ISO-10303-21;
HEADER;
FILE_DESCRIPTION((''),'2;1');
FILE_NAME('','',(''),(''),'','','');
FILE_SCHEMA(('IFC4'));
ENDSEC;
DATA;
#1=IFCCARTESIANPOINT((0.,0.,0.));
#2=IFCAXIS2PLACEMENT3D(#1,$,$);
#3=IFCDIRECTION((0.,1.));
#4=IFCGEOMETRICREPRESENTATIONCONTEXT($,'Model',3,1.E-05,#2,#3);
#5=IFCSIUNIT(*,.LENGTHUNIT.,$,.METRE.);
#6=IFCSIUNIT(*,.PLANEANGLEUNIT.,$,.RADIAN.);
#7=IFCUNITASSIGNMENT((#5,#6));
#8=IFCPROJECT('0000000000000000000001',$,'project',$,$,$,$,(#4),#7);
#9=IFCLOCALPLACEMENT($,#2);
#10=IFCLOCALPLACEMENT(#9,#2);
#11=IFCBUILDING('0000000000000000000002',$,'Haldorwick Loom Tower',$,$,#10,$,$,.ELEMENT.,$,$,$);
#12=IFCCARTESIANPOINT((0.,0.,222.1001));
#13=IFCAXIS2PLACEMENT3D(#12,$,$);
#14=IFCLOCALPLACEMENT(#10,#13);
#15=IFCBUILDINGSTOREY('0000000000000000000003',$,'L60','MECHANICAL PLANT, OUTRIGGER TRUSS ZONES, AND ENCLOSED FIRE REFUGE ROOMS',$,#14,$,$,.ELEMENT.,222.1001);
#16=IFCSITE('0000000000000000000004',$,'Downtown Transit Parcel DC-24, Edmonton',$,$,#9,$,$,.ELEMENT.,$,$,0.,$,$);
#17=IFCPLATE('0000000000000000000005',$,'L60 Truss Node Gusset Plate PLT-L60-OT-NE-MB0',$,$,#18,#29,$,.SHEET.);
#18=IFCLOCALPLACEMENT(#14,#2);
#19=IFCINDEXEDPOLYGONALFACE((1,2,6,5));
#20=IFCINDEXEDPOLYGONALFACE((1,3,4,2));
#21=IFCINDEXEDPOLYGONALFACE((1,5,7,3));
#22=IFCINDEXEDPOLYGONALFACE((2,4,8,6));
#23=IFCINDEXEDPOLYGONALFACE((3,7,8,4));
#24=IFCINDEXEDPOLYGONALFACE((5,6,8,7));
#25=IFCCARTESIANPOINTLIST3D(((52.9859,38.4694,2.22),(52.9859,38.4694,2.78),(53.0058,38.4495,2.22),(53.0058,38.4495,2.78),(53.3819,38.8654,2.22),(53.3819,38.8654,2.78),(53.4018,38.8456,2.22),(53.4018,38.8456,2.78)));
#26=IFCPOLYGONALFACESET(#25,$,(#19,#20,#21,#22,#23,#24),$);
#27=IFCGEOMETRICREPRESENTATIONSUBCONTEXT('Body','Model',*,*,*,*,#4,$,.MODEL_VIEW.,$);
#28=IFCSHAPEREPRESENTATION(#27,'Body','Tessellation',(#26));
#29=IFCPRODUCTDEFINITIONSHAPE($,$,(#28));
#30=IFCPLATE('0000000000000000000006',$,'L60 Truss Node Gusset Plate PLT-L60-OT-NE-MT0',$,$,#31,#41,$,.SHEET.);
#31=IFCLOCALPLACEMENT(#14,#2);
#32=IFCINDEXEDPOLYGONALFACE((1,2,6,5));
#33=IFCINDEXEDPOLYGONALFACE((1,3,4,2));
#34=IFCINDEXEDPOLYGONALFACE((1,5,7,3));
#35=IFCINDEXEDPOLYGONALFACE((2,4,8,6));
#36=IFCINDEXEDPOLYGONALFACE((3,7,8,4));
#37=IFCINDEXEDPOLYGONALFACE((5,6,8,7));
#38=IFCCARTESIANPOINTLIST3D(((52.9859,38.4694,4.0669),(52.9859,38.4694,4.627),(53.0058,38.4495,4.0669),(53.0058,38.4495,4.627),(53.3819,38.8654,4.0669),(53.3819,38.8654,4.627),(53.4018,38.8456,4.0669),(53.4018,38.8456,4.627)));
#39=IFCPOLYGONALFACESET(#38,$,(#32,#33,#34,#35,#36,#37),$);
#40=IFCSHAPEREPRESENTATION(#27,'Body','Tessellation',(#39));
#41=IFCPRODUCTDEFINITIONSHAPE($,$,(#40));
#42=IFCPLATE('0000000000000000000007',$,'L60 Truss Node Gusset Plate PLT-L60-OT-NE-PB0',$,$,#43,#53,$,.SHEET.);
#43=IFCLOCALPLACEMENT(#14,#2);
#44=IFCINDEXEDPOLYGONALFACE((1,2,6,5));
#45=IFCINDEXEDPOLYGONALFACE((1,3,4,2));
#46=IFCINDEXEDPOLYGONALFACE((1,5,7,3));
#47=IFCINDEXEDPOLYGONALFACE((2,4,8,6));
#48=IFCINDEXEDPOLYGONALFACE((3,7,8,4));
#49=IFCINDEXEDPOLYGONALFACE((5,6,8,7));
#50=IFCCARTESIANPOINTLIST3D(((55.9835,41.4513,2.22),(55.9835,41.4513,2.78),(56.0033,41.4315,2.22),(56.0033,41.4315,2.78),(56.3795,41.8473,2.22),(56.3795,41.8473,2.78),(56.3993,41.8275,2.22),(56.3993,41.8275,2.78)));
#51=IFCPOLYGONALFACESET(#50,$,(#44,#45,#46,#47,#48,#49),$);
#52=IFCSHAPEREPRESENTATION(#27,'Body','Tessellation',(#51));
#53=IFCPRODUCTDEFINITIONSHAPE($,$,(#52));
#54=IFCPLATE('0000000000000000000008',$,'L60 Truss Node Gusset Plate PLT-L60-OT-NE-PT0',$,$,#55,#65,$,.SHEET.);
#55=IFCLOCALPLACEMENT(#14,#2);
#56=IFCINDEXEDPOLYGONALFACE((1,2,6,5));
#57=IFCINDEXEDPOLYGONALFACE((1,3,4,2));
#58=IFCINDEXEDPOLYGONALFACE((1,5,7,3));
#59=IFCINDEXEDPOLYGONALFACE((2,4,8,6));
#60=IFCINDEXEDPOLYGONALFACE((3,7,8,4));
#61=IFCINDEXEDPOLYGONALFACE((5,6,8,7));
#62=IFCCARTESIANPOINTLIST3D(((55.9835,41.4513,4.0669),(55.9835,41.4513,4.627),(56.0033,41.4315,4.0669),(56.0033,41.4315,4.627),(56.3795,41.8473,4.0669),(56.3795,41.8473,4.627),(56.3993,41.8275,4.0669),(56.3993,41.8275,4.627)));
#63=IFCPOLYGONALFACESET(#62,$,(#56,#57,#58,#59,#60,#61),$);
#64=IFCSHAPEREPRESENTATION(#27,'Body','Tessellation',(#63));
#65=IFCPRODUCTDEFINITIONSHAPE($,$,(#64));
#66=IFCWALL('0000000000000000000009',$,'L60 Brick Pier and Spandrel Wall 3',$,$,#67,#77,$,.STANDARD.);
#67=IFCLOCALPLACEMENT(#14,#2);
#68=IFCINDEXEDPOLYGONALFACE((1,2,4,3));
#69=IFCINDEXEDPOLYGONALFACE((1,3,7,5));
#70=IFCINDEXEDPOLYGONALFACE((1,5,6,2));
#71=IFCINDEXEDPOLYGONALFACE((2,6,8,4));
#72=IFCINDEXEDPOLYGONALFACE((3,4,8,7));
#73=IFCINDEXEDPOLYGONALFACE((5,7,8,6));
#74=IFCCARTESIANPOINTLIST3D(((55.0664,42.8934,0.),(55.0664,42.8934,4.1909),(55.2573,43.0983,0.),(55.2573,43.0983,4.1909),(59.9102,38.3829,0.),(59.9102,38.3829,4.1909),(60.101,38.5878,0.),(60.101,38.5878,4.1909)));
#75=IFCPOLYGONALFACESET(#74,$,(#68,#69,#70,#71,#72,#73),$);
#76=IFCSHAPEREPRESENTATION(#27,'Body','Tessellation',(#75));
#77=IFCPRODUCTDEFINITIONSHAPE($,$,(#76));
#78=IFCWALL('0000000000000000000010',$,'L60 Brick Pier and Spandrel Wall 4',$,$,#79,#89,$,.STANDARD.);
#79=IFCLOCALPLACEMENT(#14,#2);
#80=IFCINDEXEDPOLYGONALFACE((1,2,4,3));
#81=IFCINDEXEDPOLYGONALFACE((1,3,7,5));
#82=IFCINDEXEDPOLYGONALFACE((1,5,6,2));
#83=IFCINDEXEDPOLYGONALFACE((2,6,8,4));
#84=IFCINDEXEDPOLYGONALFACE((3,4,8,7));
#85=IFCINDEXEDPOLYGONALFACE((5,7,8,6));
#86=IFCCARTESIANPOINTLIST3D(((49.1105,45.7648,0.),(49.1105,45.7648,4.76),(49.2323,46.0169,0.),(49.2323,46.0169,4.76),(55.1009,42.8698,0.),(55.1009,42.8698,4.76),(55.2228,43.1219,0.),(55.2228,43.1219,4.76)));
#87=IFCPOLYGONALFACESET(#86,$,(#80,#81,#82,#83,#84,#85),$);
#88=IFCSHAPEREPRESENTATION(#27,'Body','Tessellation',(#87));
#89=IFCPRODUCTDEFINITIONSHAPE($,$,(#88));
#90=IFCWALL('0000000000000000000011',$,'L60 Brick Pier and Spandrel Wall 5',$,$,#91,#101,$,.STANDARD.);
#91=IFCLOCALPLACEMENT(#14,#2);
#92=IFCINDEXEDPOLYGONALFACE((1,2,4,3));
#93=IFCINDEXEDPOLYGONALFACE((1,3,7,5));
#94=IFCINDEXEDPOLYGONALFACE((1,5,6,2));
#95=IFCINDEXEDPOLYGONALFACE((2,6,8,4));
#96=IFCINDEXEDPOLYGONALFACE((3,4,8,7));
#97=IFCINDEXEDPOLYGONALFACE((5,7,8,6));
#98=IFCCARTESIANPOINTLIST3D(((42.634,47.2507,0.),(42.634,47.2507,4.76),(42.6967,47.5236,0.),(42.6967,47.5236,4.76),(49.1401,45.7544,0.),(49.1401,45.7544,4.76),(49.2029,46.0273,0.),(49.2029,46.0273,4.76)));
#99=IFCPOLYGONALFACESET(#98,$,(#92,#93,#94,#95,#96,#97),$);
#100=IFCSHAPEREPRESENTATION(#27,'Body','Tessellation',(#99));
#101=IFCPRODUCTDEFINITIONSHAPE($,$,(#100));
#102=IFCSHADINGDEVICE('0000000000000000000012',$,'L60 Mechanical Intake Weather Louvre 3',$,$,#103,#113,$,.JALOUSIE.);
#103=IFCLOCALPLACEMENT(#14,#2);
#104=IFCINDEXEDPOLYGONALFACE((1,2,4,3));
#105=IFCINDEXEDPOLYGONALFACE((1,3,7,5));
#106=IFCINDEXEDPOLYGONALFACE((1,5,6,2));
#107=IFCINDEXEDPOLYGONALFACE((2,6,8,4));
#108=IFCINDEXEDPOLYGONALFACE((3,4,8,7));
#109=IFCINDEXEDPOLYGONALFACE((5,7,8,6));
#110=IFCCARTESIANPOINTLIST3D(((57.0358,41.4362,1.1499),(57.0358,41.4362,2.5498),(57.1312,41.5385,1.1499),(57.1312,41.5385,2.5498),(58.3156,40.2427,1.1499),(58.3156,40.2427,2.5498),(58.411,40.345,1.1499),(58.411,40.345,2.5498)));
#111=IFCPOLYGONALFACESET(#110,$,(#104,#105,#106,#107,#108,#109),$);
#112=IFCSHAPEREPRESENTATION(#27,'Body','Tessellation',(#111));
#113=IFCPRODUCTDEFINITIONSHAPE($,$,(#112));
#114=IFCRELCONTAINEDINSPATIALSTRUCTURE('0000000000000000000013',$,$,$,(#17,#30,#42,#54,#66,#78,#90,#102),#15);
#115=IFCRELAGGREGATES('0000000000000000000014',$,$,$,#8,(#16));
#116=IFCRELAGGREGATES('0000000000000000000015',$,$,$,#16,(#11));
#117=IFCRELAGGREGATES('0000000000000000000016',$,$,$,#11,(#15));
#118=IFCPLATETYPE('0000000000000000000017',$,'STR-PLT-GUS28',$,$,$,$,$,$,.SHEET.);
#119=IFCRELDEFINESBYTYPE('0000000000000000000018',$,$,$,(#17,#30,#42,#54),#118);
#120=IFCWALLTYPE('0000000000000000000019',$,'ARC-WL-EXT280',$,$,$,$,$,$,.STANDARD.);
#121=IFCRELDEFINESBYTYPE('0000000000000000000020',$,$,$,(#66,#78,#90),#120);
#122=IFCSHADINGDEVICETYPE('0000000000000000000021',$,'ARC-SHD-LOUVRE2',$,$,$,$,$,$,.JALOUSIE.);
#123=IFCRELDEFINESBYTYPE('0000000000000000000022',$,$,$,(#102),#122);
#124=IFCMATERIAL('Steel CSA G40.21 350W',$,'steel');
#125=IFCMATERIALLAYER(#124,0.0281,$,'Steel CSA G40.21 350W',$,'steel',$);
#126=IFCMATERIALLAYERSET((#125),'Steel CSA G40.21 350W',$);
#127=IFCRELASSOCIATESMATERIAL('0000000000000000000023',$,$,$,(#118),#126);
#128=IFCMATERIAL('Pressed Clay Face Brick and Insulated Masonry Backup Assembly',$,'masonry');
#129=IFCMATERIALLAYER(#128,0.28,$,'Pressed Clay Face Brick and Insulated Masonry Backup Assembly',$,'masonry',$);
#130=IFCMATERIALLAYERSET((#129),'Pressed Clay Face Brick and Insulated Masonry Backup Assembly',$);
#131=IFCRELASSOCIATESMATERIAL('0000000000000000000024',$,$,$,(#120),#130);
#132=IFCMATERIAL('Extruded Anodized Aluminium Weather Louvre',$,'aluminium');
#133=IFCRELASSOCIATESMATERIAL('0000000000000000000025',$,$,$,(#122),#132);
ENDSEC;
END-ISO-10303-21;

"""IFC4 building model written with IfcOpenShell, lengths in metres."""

from ifc_helpers import new_model, si_unit, direction, frame, frame_2d, origin, origin_2d, place, context, subcontext, project, spatial, rectangle, extrude, material, layer, layer_set, type_object, element, save


model = new_model("IFC4")

# Units and contexts
model_context = context("Model", 3, precision=1e-05, world=origin(), true_north=direction((0.0, 1.0)))
body_context = subcontext(model_context, "Body", "Model", "MODEL_VIEW")
ifc_project = project(units=[si_unit("LENGTHUNIT", "METRE"), si_unit("PLANEANGLEUNIT", "RADIAN")], contexts=[model_context])

# Site, building, storey
site_placement = place(None, origin())
site = spatial("IfcSite", under=ifc_project, at=site_placement, Name="Downtown Transit Parcel DC-24, Edmonton", CompositionType="ELEMENT", RefElevation=0.0)
building_placement = place(site_placement, origin())
building = spatial("IfcBuilding", under=site, at=building_placement, Name="Haldorwick Loom Tower", CompositionType="ELEMENT")
storey_placement = place(building_placement, frame((0.0, 0.0, 222.1001)))
storey = spatial("IfcBuildingStorey", under=building, at=storey_placement, Name="L60", Description="MECHANICAL PLANT, OUTRIGGER TRUSS ZONES, AND ENCLOSED FIRE REFUGE ROOMS", CompositionType="ELEMENT", Elevation=222.1001)

# Shared definitions
ifc_material_1 = material(Name="Steel CSA G40.21 350W", Category="steel")

# Plates
ifc_layer_1 = layer(ifc_material_1, 0.0281, Name="Steel CSA G40.21 350W", Category="steel")
ifc_layer_set_1 = layer_set([ifc_layer_1], Name="Steel CSA G40.21 350W")
plate_type = type_object("IfcPlateType", Name="STR-PLT-GUS28", PredefinedType="SHEET", material=ifc_layer_set_1)
for number, where, z_axis, x_axis, name in (
    (1, (53.1938, 38.6575, 2.22), (0.0, 0.0, 1.0), (0.707107, 0.707107, 0.0), "L60 Truss Node Gusset Plate PLT-L60-OT-NE-MB0"),
    (2, (53.1938, 38.6575, 4.0669), (0.0, 0.0, 1.0), (0.707107, 0.707107, 0.0), "L60 Truss Node Gusset Plate PLT-L60-OT-NE-MT0"),
    (3, (56.1914, 41.6394, 2.22), (0.0, 0.0, 1.0), (0.707107, 0.707107, 0.0), "L60 Truss Node Gusset Plate PLT-L60-OT-NE-PB0"),
    (4, (56.1914, 41.6394, 4.0669), (0.0, 0.0, 1.0), (0.707107, 0.707107, 0.0), "L60 Truss Node Gusset Plate PLT-L60-OT-NE-PT0"),
):
    element("IfcPlate", number, at=place(storey_placement, frame(where, z_axis=z_axis, x_axis=x_axis)), inside=storey, type_object=plate_type, Name=name, PredefinedType="SHEET", context=body_context, shape_type="SweptSolid", body=[
        extrude(rectangle(XDim=0.5601, YDim=0.0281, at=origin_2d()), origin(), (0.0, 0.0, 1.0), 0.5601),
    ])

# Walls
ifc_material_2 = material(Name="Pressed Clay Face Brick and Insulated Masonry Backup Assembly", Category="masonry")
ifc_layer_2 = layer(ifc_material_2, 0.28, Name="Pressed Clay Face Brick and Insulated Masonry Backup Assembly", Category="masonry")
ifc_layer_set_2 = layer_set([ifc_layer_2], Name="Pressed Clay Face Brick and Insulated Masonry Backup Assembly")
wall_type = type_object("IfcWallType", Name="ARC-WL-EXT280", PredefinedType="STANDARD", material=ifc_layer_set_2)
wall_1_placement = place(storey_placement, frame((60.0056, 38.4854, 0.0), z_axis=(0.0, 0.0, 1.0), x_axis=(-0.731834, 0.681483, 0.0)))
element("IfcWall", 5, at=wall_1_placement, inside=storey, type_object=wall_type, Name="L60 Brick Pier and Spandrel Wall 3", PredefinedType="STANDARD", context=body_context, shape_type="SweptSolid", body=[
    extrude(rectangle(XDim=6.6187, YDim=0.28, at=frame_2d((3.3093, 0.0))), origin(), (0.0, 0.0, 1.0), 4.1909),
])
wall_2_placement = place(storey_placement, frame((55.1619, 42.9958, 0.0), z_axis=(0.0, 0.0, 1.0), x_axis=(-0.900371, 0.435123, 0.0)))
element("IfcWall", 6, at=wall_2_placement, inside=storey, type_object=wall_type, Name="L60 Brick Pier and Spandrel Wall 4", PredefinedType="STANDARD", context=body_context, shape_type="SweptSolid", body=[
    extrude(rectangle(XDim=6.6533, YDim=0.28, at=frame_2d((3.3267, 0.0))), origin(), (0.0, 0.0, 1.0), 4.76),
])
wall_3_placement = place(storey_placement, frame((49.1714, 45.8909, 0.0), z_axis=(0.0, 0.0, 1.0), x_axis=(-0.974557, 0.224138, 0.0)))
element("IfcWall", 7, at=wall_3_placement, inside=storey, type_object=wall_type, Name="L60 Brick Pier and Spandrel Wall 5", PredefinedType="STANDARD", context=body_context, shape_type="SweptSolid", body=[
    extrude(rectangle(XDim=6.676, YDim=0.28, at=frame_2d((3.3379, 0.0))), origin(), (0.0, 0.0, 1.0), 4.76),
])

# Shading device
ifc_material_3 = material(Name="Extruded Anodized Aluminium Weather Louvre", Category="aluminium")
shading_device_type = type_object("IfcShadingDeviceType", Name="ARC-SHD-LOUVRE2", PredefinedType="JALOUSIE", material=ifc_material_3)
shading_device_placement = place(storey_placement, frame((57.7234, 40.8906, 1.1499), z_axis=(0.0, 0.0, 1.0), x_axis=(-0.731354, 0.681998, 0.0)))
element("IfcShadingDevice", 8, at=shading_device_placement, inside=storey, type_object=shading_device_type, Name="L60 Mechanical Intake Weather Louvre 3", PredefinedType="JALOUSIE", context=body_context, shape_type="SweptSolid", body=[
    extrude(rectangle(XDim=1.75, YDim=0.1399, at=origin_2d()), origin(), (0.0, 0.0, 1.0), 1.3999),
])

save(model, "model.ifc")
